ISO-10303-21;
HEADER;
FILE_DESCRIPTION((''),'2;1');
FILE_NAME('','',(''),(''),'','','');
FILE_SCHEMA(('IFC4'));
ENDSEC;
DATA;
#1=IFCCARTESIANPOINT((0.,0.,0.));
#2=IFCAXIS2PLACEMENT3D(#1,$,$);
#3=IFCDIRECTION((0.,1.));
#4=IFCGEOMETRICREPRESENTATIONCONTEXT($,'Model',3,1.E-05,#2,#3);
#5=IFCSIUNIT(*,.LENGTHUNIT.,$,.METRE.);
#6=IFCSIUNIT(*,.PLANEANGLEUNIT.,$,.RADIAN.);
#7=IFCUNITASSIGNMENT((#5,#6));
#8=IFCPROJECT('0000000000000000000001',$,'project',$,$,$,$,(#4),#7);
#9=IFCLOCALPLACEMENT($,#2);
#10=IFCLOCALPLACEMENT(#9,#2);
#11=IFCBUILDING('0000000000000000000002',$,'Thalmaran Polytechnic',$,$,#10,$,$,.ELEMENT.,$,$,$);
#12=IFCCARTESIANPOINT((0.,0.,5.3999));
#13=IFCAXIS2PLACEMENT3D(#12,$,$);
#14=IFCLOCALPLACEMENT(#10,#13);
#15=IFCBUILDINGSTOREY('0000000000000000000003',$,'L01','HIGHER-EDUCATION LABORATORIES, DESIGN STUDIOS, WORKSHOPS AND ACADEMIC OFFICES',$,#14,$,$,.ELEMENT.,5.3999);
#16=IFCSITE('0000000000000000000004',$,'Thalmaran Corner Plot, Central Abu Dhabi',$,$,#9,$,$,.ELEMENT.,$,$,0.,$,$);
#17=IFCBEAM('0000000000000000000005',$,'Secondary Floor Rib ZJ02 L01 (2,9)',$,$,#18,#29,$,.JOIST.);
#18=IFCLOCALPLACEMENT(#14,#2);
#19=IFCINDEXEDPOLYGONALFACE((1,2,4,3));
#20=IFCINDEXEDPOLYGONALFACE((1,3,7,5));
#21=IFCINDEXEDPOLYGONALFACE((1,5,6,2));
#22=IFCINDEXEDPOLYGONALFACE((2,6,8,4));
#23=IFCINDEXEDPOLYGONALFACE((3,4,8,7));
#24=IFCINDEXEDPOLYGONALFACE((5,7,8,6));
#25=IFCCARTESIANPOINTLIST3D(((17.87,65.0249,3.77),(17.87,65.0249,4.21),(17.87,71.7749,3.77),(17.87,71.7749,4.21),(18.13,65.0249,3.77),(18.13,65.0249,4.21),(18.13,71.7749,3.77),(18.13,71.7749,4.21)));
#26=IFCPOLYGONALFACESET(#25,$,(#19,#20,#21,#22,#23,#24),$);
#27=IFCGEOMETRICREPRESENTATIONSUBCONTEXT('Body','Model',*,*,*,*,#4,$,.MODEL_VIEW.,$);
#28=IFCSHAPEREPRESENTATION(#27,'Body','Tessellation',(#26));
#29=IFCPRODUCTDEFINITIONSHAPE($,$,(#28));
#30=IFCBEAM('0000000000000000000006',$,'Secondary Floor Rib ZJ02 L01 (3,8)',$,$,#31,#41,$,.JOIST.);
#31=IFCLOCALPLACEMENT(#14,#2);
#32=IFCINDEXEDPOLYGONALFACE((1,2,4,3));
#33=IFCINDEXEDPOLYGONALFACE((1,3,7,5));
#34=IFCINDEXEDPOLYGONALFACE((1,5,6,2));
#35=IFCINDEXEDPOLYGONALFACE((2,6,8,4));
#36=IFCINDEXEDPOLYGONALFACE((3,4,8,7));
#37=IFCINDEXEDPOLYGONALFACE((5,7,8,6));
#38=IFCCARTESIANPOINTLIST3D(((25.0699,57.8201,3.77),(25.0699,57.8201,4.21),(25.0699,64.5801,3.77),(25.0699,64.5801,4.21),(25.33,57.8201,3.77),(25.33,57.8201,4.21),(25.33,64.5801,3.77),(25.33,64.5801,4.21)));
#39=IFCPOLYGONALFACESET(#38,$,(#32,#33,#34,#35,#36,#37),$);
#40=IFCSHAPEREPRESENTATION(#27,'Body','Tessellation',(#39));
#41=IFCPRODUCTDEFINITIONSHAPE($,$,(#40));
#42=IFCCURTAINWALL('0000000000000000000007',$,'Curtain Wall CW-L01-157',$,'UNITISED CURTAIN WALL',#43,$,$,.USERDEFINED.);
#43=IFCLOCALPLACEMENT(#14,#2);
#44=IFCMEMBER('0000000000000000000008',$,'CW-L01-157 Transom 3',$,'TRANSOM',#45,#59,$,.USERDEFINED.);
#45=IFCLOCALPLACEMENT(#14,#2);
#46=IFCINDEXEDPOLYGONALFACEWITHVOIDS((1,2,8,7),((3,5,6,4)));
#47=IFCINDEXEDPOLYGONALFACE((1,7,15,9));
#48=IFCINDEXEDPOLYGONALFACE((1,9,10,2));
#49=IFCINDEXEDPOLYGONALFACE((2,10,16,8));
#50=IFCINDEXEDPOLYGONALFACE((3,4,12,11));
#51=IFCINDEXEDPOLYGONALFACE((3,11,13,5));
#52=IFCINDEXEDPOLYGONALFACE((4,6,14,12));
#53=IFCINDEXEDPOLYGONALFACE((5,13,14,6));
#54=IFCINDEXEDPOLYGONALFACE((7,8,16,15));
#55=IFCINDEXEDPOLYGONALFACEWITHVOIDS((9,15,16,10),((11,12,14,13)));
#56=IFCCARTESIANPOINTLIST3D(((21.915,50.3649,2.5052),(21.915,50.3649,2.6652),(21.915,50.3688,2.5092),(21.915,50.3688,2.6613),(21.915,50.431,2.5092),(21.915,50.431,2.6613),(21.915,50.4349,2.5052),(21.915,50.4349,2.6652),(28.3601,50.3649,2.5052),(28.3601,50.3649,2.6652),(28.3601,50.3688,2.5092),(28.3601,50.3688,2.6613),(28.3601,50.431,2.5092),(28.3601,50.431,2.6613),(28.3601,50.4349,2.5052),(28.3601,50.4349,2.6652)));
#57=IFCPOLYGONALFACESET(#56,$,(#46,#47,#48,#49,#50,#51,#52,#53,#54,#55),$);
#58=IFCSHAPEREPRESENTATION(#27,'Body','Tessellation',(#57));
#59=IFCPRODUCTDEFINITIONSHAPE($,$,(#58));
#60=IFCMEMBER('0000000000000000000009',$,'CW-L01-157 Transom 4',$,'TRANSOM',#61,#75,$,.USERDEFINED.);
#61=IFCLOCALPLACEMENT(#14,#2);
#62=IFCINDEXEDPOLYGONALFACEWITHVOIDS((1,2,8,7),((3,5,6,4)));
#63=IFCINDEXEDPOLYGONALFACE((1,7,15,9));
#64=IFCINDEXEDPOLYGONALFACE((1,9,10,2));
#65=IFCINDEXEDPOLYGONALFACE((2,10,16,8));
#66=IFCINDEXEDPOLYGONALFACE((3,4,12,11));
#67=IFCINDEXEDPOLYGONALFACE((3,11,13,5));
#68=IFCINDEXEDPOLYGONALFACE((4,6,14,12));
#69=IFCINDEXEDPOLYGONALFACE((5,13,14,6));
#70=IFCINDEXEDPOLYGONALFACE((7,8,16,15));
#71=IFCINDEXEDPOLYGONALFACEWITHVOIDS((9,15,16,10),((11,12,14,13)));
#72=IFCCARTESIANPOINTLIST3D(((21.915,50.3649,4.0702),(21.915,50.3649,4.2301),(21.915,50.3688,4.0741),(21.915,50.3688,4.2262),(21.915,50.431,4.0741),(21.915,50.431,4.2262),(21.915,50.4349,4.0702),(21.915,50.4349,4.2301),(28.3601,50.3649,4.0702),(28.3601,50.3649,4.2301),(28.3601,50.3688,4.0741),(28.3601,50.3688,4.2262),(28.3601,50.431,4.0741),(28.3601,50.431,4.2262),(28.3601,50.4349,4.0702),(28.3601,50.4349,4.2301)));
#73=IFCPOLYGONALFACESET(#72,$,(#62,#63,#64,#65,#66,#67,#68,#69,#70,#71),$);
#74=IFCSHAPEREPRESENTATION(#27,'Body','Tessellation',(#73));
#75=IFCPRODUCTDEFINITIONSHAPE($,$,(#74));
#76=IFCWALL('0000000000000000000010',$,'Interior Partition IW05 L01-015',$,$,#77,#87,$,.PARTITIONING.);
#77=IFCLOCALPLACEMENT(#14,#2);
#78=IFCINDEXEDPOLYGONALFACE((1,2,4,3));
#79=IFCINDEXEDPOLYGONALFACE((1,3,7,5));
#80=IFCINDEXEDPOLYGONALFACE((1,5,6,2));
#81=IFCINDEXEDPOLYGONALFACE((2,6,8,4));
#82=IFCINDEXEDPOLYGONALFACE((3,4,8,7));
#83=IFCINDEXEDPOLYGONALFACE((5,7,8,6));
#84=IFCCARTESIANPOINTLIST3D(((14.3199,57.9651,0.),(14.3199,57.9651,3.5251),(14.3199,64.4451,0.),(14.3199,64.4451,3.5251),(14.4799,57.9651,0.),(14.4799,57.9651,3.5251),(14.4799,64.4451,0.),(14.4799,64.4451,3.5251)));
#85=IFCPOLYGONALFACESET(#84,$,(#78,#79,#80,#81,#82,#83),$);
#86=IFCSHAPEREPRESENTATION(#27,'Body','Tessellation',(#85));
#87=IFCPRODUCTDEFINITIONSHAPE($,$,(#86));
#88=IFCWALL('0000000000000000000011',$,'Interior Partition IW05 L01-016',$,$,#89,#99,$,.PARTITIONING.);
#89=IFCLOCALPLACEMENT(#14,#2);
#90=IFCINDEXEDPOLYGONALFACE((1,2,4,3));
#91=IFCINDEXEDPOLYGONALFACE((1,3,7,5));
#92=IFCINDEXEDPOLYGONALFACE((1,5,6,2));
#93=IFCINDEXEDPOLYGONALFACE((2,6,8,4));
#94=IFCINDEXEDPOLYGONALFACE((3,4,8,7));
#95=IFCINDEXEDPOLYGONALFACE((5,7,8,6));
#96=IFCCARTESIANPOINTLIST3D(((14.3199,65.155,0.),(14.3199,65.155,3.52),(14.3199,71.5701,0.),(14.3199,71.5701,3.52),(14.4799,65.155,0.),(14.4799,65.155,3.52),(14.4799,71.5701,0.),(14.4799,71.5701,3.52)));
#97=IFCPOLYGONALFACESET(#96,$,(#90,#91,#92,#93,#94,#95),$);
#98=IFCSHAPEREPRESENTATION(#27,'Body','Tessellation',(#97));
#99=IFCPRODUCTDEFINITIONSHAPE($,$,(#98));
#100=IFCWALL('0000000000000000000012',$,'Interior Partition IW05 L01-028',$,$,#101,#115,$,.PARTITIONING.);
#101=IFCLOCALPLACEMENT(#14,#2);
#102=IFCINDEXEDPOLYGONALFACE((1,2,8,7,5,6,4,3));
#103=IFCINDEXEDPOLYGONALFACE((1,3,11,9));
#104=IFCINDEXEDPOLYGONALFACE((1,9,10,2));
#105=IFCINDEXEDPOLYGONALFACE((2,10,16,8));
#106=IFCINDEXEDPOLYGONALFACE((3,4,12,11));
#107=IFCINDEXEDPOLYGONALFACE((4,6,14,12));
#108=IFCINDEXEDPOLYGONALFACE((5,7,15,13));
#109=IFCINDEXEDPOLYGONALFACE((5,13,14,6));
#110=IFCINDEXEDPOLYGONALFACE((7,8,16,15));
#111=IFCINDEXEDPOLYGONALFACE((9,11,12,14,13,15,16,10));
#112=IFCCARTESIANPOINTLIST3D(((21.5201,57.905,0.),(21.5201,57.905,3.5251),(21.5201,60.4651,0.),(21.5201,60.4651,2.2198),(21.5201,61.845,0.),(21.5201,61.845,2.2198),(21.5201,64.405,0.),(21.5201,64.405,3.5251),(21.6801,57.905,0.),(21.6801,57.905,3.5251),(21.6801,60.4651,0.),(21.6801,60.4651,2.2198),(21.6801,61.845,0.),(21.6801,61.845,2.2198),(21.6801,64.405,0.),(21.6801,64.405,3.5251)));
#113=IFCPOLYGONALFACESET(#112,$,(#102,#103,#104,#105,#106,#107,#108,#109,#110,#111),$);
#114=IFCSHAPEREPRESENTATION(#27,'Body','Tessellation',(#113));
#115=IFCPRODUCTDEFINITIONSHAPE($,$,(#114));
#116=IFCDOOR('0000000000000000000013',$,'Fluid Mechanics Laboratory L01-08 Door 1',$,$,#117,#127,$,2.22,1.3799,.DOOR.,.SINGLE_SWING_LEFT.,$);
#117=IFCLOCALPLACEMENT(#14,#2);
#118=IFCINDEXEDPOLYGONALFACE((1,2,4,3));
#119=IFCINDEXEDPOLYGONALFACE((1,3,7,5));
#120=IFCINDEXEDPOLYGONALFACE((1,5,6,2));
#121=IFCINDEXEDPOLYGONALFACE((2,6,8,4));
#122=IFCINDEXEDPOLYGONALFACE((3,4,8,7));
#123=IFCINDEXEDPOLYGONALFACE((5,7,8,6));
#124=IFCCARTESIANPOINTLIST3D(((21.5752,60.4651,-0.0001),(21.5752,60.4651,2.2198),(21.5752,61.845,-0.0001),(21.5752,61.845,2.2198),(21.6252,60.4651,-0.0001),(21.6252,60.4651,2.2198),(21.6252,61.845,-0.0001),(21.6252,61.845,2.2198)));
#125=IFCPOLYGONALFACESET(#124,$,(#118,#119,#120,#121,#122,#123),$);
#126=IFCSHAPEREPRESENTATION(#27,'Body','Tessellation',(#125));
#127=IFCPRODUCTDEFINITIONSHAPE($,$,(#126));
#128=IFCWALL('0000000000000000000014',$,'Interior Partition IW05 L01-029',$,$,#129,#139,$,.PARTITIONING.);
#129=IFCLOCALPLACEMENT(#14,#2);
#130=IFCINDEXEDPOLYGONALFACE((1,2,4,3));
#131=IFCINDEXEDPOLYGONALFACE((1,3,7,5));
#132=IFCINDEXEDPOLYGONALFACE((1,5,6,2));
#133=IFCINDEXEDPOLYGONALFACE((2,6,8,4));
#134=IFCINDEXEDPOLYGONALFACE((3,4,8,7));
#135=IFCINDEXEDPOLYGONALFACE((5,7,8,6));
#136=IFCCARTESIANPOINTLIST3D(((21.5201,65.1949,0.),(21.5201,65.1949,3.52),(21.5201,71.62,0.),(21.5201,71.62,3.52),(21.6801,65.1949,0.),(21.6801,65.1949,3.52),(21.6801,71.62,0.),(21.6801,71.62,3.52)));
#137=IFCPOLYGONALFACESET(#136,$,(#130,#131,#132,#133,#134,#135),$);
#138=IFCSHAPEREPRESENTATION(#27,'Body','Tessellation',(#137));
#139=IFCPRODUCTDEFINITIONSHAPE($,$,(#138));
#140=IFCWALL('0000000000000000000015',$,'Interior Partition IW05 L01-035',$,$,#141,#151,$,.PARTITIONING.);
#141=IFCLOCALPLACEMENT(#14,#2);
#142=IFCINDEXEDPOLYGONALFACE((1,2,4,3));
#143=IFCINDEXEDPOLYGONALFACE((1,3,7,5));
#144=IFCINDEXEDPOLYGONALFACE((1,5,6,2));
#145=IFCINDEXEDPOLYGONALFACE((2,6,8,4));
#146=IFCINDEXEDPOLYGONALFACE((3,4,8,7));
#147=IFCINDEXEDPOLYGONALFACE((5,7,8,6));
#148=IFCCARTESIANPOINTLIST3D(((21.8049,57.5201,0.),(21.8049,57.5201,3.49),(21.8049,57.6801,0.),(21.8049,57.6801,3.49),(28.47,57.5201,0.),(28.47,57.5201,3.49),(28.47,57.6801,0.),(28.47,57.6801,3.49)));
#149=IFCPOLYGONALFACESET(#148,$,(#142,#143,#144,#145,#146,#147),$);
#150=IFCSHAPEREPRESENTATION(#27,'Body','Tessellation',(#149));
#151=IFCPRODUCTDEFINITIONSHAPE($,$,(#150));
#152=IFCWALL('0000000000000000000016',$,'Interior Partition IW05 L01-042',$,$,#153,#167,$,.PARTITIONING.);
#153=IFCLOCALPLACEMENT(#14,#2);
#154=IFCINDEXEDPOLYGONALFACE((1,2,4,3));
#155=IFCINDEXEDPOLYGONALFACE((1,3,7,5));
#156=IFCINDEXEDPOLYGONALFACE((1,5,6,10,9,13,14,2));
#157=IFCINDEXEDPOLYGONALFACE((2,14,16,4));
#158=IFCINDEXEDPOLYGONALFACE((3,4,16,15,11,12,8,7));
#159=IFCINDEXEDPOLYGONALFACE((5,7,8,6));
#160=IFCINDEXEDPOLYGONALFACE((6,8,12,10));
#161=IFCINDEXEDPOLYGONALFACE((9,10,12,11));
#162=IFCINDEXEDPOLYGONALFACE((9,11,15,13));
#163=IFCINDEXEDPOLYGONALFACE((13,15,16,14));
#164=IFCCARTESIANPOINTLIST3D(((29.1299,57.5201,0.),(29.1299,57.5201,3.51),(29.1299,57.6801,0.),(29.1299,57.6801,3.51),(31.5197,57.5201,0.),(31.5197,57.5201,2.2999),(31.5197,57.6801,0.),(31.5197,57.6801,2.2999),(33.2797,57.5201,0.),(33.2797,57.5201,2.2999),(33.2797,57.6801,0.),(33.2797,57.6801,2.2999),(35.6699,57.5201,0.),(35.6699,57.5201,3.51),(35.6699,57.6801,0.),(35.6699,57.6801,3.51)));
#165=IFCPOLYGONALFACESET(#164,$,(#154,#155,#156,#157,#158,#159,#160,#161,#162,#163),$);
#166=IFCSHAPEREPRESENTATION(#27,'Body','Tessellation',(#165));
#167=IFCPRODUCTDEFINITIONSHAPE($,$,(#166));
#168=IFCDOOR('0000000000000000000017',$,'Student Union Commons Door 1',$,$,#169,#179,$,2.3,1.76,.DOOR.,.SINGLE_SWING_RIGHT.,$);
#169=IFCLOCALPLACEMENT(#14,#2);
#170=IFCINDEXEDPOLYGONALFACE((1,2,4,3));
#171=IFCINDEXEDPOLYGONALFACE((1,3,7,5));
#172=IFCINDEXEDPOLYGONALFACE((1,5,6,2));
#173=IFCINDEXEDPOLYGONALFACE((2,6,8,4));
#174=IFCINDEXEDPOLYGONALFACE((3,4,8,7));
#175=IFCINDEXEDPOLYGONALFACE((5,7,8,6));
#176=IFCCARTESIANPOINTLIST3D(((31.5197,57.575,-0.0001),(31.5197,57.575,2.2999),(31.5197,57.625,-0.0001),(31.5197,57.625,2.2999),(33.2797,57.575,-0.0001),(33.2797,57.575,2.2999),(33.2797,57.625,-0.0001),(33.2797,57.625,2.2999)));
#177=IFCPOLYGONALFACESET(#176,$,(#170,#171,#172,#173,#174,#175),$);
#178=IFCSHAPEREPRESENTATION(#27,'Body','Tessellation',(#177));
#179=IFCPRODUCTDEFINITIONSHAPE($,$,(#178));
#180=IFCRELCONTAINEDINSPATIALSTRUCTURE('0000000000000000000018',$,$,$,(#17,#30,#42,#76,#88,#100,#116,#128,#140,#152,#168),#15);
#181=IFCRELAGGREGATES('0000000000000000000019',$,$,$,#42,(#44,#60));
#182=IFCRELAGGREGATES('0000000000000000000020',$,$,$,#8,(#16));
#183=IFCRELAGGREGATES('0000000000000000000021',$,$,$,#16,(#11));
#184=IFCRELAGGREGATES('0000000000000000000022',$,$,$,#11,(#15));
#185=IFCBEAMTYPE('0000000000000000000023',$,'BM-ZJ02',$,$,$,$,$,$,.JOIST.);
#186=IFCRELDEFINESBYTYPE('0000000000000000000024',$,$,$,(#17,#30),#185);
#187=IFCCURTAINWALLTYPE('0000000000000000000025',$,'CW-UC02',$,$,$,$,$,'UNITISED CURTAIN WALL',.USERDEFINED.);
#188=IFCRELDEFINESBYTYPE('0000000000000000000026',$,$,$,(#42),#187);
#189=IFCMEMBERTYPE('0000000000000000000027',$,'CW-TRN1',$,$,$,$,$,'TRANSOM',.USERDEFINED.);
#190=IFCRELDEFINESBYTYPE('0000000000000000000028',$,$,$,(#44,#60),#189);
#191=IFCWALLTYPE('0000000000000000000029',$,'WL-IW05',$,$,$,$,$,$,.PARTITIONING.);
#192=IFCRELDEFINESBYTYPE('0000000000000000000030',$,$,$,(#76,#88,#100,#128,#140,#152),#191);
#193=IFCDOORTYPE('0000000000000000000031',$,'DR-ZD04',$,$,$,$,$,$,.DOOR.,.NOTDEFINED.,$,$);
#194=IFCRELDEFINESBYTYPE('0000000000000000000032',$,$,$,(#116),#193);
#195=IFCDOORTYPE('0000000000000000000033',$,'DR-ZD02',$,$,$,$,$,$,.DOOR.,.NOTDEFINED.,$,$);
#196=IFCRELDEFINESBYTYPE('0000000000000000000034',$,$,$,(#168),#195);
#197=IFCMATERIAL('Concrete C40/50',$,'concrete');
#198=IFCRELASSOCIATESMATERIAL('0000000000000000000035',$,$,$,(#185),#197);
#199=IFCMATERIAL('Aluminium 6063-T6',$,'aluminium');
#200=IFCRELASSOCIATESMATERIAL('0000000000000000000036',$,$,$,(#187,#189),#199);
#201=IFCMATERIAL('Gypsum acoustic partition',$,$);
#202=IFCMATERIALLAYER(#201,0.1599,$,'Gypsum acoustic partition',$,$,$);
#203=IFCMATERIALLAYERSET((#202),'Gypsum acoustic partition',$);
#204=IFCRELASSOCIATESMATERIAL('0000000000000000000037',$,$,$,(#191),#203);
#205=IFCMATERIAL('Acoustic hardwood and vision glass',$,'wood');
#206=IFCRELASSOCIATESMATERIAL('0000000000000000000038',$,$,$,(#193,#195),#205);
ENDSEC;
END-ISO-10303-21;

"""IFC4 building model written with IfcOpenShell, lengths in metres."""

from ifc_helpers import new_model, si_unit, direction, frame, frame_2d, origin, origin_2d, place, context, subcontext, project, spatial, rectangle, hollow_rectangle, extrude, material, layer, layer_set, material_profile, profile_set, type_object, element, fill, aggregate, save


model = new_model("IFC4")

# Units and contexts
model_context = context("Model", 3, precision=1e-05, world=origin(), true_north=direction((0.0, 1.0)))
body_context = subcontext(model_context, "Body", "Model", "MODEL_VIEW")
ifc_project = project(units=[si_unit("LENGTHUNIT", "METRE"), si_unit("PLANEANGLEUNIT", "RADIAN")], contexts=[model_context])

# Site, building, storey
site_placement = place(None, origin())
site = spatial("IfcSite", under=ifc_project, at=site_placement, Name="Thalmaran Corner Plot, Central Abu Dhabi", CompositionType="ELEMENT", RefElevation=0.0)
building_placement = place(site_placement, origin())
building = spatial("IfcBuilding", under=site, at=building_placement, Name="Thalmaran Polytechnic", CompositionType="ELEMENT")
storey_placement = place(building_placement, frame((0.0, 0.0, 5.3999)))
storey = spatial("IfcBuildingStorey", under=building, at=storey_placement, Name="L01", Description="HIGHER-EDUCATION LABORATORIES, DESIGN STUDIOS, WORKSHOPS AND ACADEMIC OFFICES", CompositionType="ELEMENT", Elevation=5.3999)

# Shared definitions
ifc_material_1 = material(Name="Concrete C40/50", Category="concrete")

# Beams
ifc_material_profile_1 = material_profile(ifc_material_1, rectangle(XDim=0.26, YDim=0.4399, at=origin_2d()), Name="RC 260x440")
ifc_profile_set_1 = profile_set([ifc_material_profile_1], Name="Concrete C40/50")
beam_type_1 = type_object("IfcBeamType", Name="BM-ZJ02", PredefinedType="JOIST", material=ifc_profile_set_1)
beam_1_placement = place(storey_placement, frame((18.0, 65.0249, 3.99), z_axis=(0.0, 1.0, 0.0), x_axis=(-1.0, 0.0, 0.0)))
element("IfcBeam", 1, at=beam_1_placement, inside=storey, type_object=beam_type_1, Name="Secondary Floor Rib ZJ02 L01 (2,9)", PredefinedType="JOIST", context=body_context, shape_type="SweptSolid", body=[
    extrude(rectangle(XDim=0.26, YDim=0.4399, at=origin_2d()), origin(), (0.0, 0.0, 1.0), 6.75),
])
beam_2_placement = place(storey_placement, frame((25.2, 57.8201, 3.99), z_axis=(0.0, 1.0, 0.0), x_axis=(-1.0, 0.0, 0.0)))
element("IfcBeam", 2, at=beam_2_placement, inside=storey, type_object=beam_type_1, Name="Secondary Floor Rib ZJ02 L01 (3,8)", PredefinedType="JOIST", context=body_context, shape_type="SweptSolid", body=[
    extrude(rectangle(XDim=0.26, YDim=0.4399, at=origin_2d()), origin(), (0.0, 0.0, 1.0), 6.76),
])

# Curtain wall, members
ifc_material_2 = material(Name="Aluminium 6063-T6", Category="aluminium")
curtain_wall_type = type_object("IfcCurtainWallType", Name="CW-UC02", ElementType="UNITISED CURTAIN WALL", PredefinedType="USERDEFINED", material=ifc_material_2)
curtain_wall_placement = place(storey_placement, origin())
curtain_wall = element("IfcCurtainWall", 3, at=curtain_wall_placement, inside=storey, type_object=curtain_wall_type, Name="Curtain Wall CW-L01-157", ObjectType="UNITISED CURTAIN WALL", PredefinedType="USERDEFINED")
ifc_material_profile_2 = material_profile(ifc_material_2, hollow_rectangle(XDim=0.0701, YDim=0.1599, WallThickness=0.0039, at=origin_2d()), Name="AL 160x70x4.0")
ifc_profile_set_2 = profile_set([ifc_material_profile_2], Name="Aluminium 6063-T6")
member_type = type_object("IfcMemberType", Name="CW-TRN1", ElementType="TRANSOM", PredefinedType="USERDEFINED", material=ifc_profile_set_2)
member_1_placement = place(storey_placement, frame((28.3601, 50.3999, 2.5852), z_axis=(-1.0, 0.0, 0.0), x_axis=(0.0, -1.0, 0.0)))
member_1 = element("IfcMember", 4, at=member_1_placement, type_object=member_type, Name="CW-L01-157 Transom 3", ObjectType="TRANSOM", PredefinedType="USERDEFINED", context=body_context, shape_type="SweptSolid", body=[
    extrude(hollow_rectangle(XDim=0.0701, YDim=0.1599, WallThickness=0.0039, at=origin_2d()), origin(), (0.0, 0.0, 1.0), 6.4451),
])
member_2_placement = place(storey_placement, frame((28.3601, 50.3999, 4.1501), z_axis=(-1.0, 0.0, 0.0), x_axis=(0.0, -1.0, 0.0)))
member_2 = element("IfcMember", 5, at=member_2_placement, type_object=member_type, Name="CW-L01-157 Transom 4", ObjectType="TRANSOM", PredefinedType="USERDEFINED", context=body_context, shape_type="SweptSolid", body=[
    extrude(hollow_rectangle(XDim=0.0701, YDim=0.1599, WallThickness=0.0039, at=origin_2d()), origin(), (0.0, 0.0, 1.0), 6.4451),
])
aggregate(curtain_wall, [member_1, member_2])

# Walls
ifc_material_3 = material(Name="Gypsum acoustic partition")
ifc_layer_1 = layer(ifc_material_3, 0.1599, Name="Gypsum acoustic partition")
ifc_layer_set_1 = layer_set([ifc_layer_1], Name="Gypsum acoustic partition")
wall_type_1 = type_object("IfcWallType", Name="WL-IW05", PredefinedType="PARTITIONING", material=ifc_layer_set_1)
wall_1_placement = place(storey_placement, frame((14.3999, 57.9651, 0.0), z_axis=(0.0, 0.0, 1.0), x_axis=(0.0, 1.0, 0.0)))
element("IfcWall", 6, at=wall_1_placement, inside=storey, type_object=wall_type_1, Name="Interior Partition IW05 L01-015", PredefinedType="PARTITIONING", context=body_context, shape_type="SweptSolid", body=[
    extrude(rectangle(XDim=6.48, YDim=0.1599, at=frame_2d((3.24, 0.0))), origin(), (0.0, 0.0, 1.0), 3.5251),
])
wall_2_placement = place(storey_placement, frame((14.3999, 65.155, 0.0), z_axis=(0.0, 0.0, 1.0), x_axis=(0.0, 1.0, 0.0)))
element("IfcWall", 7, at=wall_2_placement, inside=storey, type_object=wall_type_1, Name="Interior Partition IW05 L01-016", PredefinedType="PARTITIONING", context=body_context, shape_type="SweptSolid", body=[
    extrude(rectangle(XDim=6.415, YDim=0.1599, at=frame_2d((3.2075, 0.0))), origin(), (0.0, 0.0, 1.0), 3.52),
])

# Wall, opening, door
wall_3_placement = place(storey_placement, frame((21.6001, 57.905, 0.0), z_axis=(0.0, 0.0, 1.0), x_axis=(0.0, 1.0, 0.0)))
wall_3 = element("IfcWall", 8, at=wall_3_placement, inside=storey, type_object=wall_type_1, Name="Interior Partition IW05 L01-028", PredefinedType="PARTITIONING", context=body_context, shape_type="SweptSolid", body=[
    extrude(rectangle(XDim=6.5, YDim=0.1599, at=frame_2d((3.25, 0.0))), origin(), (0.0, 0.0, 1.0), 3.5251),
])
opening_1_placement = place(wall_3_placement, frame((2.5601, 0.0, 0.0)))
opening_1 = element("IfcOpeningElement", 9, at=opening_1_placement, cuts=wall_3, PredefinedType="OPENING", context=body_context, shape_type="SweptSolid", body=[
    extrude(rectangle(XDim=1.3799, YDim=2.22, at=frame_2d((0.6899, 1.1099))), frame((0.0, 0.0898, 0.0), z_axis=(0.0, -1.0, 0.0), x_axis=(1.0, 0.0, 0.0)), (0.0, 0.0, 1.0), 0.1799),
])
ifc_material_4 = material(Name="Acoustic hardwood and vision glass", Category="wood")
door_type_1 = type_object("IfcDoorType", Name="DR-ZD04", OperationType="NOTDEFINED", PredefinedType="DOOR", material=ifc_material_4)
door_1_placement = place(opening_1_placement, origin())
door_1 = element("IfcDoor", 10, at=door_1_placement, inside=storey, type_object=door_type_1, Name="Fluid Mechanics Laboratory L01-08 Door 1", OperationType="SINGLE_SWING_LEFT", OverallHeight=2.22, OverallWidth=1.3799, PredefinedType="DOOR", context=body_context, shape_type="SweptSolid", body=[
    extrude(rectangle(XDim=1.3799, YDim=2.22, at=frame_2d((0.6899, 1.1099))), frame((0.0, 0.0249, 0.0), z_axis=(0.0, -1.0, 0.0), x_axis=(1.0, 0.0, 0.0)), (0.0, 0.0, 1.0), 0.05),
])
fill(opening_1, door_1)

# Walls
wall_4_placement = place(storey_placement, frame((21.6001, 65.1951, 0.0), z_axis=(0.0, 0.0, 1.0), x_axis=(0.0, 1.0, 0.0)))
element("IfcWall", 11, at=wall_4_placement, inside=storey, type_object=wall_type_1, Name="Interior Partition IW05 L01-029", PredefinedType="PARTITIONING", context=body_context, shape_type="SweptSolid", body=[
    extrude(rectangle(XDim=6.425, YDim=0.1599, at=frame_2d((3.2124, 0.0))), origin(), (0.0, 0.0, 1.0), 3.52),
])
wall_5_placement = place(storey_placement, frame((21.8049, 57.6001, 0.0), z_axis=(0.0, 0.0, 1.0), x_axis=(1.0, 0.0, 0.0)))
element("IfcWall", 12, at=wall_5_placement, inside=storey, type_object=wall_type_1, Name="Interior Partition IW05 L01-035", PredefinedType="PARTITIONING", context=body_context, shape_type="SweptSolid", body=[
    extrude(rectangle(XDim=6.665, YDim=0.1599, at=frame_2d((3.3325, 0.0))), origin(), (0.0, 0.0, 1.0), 3.49),
])

# Wall, opening, door
wall_6_placement = place(storey_placement, frame((29.1299, 57.6001, 0.0), z_axis=(0.0, 0.0, 1.0), x_axis=(1.0, 0.0, 0.0)))
wall_6 = element("IfcWall", 13, at=wall_6_placement, inside=storey, type_object=wall_type_1, Name="Interior Partition IW05 L01-042", PredefinedType="PARTITIONING", context=body_context, shape_type="SweptSolid", body=[
    extrude(rectangle(XDim=6.54, YDim=0.1599, at=frame_2d((3.27, 0.0))), origin(), (0.0, 0.0, 1.0), 3.51),
])
opening_2_placement = place(wall_6_placement, frame((2.3899, 0.0, 0.0)))
opening_2 = element("IfcOpeningElement", 14, at=opening_2_placement, cuts=wall_6, PredefinedType="OPENING", context=body_context, shape_type="SweptSolid", body=[
    extrude(rectangle(XDim=1.76, YDim=2.3, at=frame_2d((0.8799, 1.1499))), frame((0.0, 0.0898, 0.0), z_axis=(0.0, -1.0, 0.0), x_axis=(1.0, 0.0, 0.0)), (0.0, 0.0, 1.0), 0.1799),
])
door_type_2 = type_object("IfcDoorType", Name="DR-ZD02", OperationType="NOTDEFINED", PredefinedType="DOOR", material=ifc_material_4)
door_2_placement = place(opening_2_placement, origin())
door_2 = element("IfcDoor", 15, at=door_2_placement, inside=storey, type_object=door_type_2, Name="Student Union Commons Door 1", OperationType="SINGLE_SWING_RIGHT", OverallHeight=2.3, OverallWidth=1.76, PredefinedType="DOOR", context=body_context, shape_type="SweptSolid", body=[
    extrude(rectangle(XDim=1.76, YDim=2.3, at=frame_2d((0.8799, 1.1499))), frame((0.0, 0.0249, 0.0), z_axis=(0.0, -1.0, 0.0), x_axis=(1.0, 0.0, 0.0)), (0.0, 0.0, 1.0), 0.05),
])
fill(opening_2, door_2)

save(model, "model.ifc")
